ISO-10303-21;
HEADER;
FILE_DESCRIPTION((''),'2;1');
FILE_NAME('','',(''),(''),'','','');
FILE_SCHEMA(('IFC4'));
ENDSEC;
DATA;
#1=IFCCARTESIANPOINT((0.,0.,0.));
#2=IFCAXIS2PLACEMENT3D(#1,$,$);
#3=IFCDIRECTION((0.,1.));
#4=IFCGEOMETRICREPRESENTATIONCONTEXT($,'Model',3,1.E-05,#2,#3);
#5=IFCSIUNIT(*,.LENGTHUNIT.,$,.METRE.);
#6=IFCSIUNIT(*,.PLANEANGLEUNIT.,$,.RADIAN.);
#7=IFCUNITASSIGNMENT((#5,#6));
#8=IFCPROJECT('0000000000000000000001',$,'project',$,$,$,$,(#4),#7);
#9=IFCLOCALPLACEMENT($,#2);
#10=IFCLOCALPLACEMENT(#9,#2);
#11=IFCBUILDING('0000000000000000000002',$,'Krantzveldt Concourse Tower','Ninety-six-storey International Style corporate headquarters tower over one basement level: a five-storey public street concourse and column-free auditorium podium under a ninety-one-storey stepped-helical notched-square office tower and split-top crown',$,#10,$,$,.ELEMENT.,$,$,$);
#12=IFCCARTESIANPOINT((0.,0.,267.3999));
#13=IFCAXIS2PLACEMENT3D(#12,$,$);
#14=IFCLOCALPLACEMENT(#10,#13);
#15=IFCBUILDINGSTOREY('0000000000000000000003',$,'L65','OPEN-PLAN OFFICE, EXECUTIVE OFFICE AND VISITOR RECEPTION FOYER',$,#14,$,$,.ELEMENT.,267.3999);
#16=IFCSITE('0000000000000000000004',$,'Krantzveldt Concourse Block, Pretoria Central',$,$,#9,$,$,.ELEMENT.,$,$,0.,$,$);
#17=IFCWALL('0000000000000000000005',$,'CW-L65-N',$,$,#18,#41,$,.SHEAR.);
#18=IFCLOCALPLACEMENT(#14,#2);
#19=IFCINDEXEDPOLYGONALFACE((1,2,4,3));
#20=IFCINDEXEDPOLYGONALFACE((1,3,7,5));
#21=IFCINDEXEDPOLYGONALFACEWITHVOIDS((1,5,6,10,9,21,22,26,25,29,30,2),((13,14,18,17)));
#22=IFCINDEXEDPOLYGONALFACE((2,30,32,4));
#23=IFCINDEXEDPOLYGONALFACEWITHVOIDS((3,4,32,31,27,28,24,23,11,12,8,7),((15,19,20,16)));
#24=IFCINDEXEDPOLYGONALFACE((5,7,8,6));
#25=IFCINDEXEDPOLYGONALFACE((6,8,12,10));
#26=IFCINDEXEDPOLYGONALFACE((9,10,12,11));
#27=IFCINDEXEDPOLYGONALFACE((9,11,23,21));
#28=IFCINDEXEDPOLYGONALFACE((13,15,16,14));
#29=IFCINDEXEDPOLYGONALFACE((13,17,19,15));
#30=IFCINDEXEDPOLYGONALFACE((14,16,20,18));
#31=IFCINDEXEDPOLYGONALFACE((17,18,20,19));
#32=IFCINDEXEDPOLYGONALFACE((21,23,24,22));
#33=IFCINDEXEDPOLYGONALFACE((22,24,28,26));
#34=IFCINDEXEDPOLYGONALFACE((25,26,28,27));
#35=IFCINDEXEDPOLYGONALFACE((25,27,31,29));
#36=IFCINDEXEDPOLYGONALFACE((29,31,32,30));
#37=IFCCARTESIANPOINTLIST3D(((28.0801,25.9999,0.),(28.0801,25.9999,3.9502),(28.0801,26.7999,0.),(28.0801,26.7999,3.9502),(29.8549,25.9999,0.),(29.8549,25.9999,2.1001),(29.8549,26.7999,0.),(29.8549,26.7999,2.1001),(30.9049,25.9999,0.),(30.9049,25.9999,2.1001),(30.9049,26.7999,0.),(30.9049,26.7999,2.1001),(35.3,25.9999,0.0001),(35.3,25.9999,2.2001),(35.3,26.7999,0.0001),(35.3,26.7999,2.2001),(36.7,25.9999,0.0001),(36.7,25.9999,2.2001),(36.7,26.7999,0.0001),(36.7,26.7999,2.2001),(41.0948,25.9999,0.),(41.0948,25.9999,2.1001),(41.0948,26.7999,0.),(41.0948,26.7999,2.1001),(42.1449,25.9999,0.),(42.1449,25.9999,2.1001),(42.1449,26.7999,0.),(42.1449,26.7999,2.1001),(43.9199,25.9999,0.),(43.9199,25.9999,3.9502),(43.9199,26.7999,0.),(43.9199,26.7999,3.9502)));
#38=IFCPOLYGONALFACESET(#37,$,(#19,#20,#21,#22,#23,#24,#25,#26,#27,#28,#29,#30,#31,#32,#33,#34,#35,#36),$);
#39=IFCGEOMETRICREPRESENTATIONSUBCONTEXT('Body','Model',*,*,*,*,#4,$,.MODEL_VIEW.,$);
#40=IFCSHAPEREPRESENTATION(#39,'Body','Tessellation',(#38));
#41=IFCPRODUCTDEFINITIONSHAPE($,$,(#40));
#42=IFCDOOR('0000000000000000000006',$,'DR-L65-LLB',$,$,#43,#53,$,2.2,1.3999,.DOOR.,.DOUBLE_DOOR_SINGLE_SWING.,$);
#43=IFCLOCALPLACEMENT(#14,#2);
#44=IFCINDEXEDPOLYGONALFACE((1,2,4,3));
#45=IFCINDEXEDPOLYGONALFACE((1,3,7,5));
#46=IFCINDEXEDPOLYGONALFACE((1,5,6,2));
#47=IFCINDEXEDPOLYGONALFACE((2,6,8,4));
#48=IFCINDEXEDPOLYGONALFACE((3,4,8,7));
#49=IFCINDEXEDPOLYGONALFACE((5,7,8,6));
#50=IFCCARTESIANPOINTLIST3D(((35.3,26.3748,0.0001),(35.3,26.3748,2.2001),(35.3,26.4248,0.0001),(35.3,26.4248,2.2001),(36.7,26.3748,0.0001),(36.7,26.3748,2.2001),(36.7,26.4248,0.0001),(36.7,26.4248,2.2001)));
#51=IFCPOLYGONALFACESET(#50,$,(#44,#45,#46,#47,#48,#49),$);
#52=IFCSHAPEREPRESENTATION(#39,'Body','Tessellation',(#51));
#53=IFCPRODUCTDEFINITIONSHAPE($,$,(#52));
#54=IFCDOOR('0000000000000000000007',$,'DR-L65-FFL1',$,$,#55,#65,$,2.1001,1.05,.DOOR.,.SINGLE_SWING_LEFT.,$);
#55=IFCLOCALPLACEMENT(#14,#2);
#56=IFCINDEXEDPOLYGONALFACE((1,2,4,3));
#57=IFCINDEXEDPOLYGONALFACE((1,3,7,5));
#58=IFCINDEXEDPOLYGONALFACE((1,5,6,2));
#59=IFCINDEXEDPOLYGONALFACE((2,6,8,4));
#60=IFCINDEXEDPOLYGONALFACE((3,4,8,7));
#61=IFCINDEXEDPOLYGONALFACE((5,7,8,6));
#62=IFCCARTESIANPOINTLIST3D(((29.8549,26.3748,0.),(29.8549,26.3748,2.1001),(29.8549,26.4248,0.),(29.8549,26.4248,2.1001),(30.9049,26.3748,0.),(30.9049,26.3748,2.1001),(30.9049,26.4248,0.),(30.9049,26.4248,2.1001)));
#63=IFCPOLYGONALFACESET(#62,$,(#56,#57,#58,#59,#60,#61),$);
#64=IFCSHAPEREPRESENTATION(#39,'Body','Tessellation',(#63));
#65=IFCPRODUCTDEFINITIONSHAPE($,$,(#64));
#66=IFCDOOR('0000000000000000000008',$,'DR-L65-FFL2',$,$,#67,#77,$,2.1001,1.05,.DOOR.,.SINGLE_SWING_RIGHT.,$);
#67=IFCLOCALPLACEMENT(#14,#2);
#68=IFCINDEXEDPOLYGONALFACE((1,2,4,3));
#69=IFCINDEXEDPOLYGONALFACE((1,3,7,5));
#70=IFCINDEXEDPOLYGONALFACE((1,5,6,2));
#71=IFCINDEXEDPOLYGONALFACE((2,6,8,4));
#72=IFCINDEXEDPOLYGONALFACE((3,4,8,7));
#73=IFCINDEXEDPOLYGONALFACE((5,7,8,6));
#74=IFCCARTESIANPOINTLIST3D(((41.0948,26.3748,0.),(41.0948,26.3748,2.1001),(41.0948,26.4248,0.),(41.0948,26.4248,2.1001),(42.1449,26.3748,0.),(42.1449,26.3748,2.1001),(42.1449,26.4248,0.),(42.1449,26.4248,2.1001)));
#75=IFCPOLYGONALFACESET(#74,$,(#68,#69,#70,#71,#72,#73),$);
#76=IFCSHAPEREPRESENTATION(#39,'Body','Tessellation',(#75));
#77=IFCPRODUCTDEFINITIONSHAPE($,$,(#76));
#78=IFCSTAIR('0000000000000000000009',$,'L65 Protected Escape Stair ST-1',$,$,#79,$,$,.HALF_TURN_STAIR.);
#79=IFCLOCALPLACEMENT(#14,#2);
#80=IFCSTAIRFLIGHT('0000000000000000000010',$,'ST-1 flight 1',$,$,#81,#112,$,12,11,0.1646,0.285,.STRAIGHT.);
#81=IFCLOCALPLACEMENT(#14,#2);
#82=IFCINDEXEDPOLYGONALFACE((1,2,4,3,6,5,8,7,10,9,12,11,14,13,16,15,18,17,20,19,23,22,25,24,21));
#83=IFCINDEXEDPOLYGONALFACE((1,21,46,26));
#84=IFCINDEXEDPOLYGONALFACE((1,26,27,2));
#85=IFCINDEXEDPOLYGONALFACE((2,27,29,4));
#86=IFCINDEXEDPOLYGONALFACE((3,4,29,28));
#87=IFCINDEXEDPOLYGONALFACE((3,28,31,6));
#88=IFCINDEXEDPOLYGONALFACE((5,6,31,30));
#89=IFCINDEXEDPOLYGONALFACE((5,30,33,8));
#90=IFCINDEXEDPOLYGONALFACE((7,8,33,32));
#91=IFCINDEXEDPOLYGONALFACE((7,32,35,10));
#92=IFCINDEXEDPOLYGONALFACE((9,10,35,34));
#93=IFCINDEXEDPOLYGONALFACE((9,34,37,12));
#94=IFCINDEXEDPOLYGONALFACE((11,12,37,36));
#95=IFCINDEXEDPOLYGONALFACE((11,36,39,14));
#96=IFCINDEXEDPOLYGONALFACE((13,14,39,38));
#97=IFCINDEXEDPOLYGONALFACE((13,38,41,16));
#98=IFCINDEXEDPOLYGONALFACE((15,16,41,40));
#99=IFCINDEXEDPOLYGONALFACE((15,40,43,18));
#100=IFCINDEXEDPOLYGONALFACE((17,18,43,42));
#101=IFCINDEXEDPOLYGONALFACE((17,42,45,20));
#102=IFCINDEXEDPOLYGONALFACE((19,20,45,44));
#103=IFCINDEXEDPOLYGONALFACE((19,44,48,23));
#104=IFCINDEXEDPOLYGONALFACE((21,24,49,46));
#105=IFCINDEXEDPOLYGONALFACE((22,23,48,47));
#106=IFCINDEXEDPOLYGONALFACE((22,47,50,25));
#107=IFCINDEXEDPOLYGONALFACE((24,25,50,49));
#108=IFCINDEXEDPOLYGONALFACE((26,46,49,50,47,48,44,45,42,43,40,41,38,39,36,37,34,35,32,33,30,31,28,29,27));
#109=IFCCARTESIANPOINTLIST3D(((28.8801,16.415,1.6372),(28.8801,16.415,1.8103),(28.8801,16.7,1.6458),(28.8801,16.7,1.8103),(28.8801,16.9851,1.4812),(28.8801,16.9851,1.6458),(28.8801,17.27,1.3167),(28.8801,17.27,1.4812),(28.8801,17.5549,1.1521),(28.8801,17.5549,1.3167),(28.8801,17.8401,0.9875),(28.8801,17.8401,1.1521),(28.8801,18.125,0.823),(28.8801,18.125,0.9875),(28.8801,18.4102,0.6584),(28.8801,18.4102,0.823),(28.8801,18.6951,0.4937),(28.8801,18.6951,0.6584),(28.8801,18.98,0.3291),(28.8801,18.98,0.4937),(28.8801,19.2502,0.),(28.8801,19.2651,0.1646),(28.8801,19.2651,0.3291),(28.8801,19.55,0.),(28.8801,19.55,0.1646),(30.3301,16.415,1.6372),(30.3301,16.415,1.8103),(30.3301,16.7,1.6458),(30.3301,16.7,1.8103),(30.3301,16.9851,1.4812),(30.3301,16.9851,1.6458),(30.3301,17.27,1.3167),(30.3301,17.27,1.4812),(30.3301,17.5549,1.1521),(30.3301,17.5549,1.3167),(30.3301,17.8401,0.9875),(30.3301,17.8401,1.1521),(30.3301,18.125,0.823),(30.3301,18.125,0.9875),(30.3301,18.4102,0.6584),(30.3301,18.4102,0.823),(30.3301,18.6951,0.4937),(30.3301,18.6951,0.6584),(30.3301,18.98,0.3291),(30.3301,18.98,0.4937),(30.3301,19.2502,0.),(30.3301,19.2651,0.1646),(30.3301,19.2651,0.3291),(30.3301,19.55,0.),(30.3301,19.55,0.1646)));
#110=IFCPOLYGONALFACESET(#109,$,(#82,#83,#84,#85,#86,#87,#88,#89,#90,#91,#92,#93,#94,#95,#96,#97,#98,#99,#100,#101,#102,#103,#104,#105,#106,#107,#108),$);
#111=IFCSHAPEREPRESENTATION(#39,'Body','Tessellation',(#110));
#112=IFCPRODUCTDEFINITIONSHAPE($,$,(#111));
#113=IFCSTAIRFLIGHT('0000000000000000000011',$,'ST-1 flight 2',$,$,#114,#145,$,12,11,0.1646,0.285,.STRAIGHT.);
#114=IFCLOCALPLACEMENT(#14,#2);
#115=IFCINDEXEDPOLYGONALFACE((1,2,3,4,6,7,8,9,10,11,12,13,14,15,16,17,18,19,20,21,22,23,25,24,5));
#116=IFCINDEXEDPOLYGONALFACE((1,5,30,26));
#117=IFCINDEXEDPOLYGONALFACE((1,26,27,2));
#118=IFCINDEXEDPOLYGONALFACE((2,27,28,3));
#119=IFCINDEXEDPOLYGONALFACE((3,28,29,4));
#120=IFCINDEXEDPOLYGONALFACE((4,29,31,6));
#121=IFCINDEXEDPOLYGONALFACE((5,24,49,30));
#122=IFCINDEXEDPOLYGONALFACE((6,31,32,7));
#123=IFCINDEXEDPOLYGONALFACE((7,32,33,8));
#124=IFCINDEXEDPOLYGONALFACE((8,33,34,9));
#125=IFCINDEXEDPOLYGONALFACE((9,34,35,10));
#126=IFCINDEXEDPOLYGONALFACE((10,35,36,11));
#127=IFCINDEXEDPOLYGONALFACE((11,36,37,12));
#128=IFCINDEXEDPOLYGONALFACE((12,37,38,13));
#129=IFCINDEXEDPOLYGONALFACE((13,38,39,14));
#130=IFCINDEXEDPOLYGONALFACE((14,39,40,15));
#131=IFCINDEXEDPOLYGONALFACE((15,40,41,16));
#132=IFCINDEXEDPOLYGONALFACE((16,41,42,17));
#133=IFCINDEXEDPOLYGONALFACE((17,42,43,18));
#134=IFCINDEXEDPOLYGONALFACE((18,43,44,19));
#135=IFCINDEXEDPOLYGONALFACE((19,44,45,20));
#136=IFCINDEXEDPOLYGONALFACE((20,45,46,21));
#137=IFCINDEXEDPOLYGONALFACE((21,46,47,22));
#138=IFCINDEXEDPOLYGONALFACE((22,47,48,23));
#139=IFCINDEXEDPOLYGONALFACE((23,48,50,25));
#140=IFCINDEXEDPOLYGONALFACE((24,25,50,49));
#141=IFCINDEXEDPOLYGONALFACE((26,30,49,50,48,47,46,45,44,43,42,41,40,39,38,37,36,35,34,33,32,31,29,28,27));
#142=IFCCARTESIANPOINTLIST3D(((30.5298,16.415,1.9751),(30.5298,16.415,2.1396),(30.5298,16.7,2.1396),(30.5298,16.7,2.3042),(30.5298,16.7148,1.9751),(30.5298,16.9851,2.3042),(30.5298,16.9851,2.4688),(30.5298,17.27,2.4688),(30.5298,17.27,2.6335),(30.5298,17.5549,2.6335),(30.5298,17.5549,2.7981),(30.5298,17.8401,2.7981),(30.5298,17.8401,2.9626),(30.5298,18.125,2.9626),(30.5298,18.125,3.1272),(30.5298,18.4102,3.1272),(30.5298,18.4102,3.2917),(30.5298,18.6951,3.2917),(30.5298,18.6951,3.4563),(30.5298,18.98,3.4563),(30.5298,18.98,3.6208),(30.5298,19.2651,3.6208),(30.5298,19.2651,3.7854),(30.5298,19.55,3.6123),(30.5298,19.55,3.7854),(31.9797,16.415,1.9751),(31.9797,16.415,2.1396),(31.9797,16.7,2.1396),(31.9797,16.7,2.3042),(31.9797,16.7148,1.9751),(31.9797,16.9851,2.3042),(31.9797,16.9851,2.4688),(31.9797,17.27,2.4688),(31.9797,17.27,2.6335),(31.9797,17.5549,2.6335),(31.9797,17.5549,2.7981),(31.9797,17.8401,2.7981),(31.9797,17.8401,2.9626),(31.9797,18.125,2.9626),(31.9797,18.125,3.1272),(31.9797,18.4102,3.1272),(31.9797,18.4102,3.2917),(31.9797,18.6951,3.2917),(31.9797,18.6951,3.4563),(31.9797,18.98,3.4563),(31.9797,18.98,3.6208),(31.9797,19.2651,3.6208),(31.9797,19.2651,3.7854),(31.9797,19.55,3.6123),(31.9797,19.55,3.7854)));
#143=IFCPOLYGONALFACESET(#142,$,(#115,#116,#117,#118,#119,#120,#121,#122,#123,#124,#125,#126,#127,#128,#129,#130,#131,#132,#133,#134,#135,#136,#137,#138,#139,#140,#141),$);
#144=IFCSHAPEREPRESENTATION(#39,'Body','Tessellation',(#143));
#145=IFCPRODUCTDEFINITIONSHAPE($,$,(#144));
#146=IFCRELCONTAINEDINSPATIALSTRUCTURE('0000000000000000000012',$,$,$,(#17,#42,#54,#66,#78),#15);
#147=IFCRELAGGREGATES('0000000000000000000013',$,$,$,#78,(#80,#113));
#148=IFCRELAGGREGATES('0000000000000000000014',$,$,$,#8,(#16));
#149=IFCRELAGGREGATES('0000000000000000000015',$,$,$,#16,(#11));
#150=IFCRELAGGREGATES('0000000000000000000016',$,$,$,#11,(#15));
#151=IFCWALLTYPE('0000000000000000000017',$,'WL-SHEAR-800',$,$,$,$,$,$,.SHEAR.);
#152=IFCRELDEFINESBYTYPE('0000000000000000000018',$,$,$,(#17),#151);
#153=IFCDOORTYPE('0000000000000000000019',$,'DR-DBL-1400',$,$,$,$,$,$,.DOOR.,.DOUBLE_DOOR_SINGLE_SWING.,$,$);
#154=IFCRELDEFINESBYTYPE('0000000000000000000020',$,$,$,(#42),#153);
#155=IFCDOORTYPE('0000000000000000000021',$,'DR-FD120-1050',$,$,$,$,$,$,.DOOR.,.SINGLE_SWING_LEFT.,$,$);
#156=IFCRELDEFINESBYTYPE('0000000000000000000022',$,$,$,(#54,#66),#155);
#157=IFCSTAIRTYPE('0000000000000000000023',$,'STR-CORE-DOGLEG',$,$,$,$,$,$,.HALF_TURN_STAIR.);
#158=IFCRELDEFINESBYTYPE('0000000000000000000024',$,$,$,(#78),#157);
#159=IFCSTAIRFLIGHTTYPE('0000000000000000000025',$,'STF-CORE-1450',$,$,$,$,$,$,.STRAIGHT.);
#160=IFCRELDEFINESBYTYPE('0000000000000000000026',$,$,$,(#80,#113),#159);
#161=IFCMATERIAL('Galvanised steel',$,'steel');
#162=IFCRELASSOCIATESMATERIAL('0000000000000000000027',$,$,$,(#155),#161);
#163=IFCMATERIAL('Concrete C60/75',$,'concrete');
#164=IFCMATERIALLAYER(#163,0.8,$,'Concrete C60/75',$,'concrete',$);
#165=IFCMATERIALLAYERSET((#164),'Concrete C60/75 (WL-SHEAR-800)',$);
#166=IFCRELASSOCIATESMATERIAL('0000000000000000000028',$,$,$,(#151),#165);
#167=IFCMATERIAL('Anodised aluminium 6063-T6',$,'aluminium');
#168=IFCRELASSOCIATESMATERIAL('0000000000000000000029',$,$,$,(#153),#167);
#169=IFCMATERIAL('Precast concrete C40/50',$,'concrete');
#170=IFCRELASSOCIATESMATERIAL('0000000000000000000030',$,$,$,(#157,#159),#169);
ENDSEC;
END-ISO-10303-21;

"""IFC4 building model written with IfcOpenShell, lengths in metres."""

from ifc_helpers import new_model, si_unit, direction, frame, frame_2d, origin, place, context, subcontext, project, spatial, polyline, rectangle, outline, extrude, material, layer, layer_set, type_object, element, fill, aggregate, save


model = new_model("IFC4")

# Units and contexts
model_context = context("Model", 3, precision=1e-05, world=origin(), true_north=direction((0.0, 1.0)))
body_context = subcontext(model_context, "Body", "Model", "MODEL_VIEW")
ifc_project = project(units=[si_unit("LENGTHUNIT", "METRE"), si_unit("PLANEANGLEUNIT", "RADIAN")], contexts=[model_context])

# Site, building, storey
site_placement = place(None, origin())
site = spatial("IfcSite", under=ifc_project, at=site_placement, Name="Krantzveldt Concourse Block, Pretoria Central", CompositionType="ELEMENT", RefElevation=0.0)
building_placement = place(site_placement, origin())
building = spatial("IfcBuilding", under=site, at=building_placement, Name="Krantzveldt Concourse Tower", Description="Ninety-six-storey International Style corporate headquarters tower over one basement level: a five-storey public street concourse and column-free auditorium podium under a ninety-one-storey stepped-helical notched-square office tower and split-top crown", CompositionType="ELEMENT")
storey_placement = place(building_placement, frame((0.0, 0.0, 267.3999)))
storey = spatial("IfcBuildingStorey", under=building, at=storey_placement, Name="L65", Description="OPEN-PLAN OFFICE, EXECUTIVE OFFICE AND VISITOR RECEPTION FOYER", CompositionType="ELEMENT", Elevation=267.3999)

# Shared definitions
ifc_material_1 = material(Name="Galvanised steel", Category="steel")
door_type_1 = type_object("IfcDoorType", Name="DR-FD120-1050", OperationType="SINGLE_SWING_LEFT", PredefinedType="DOOR", material=ifc_material_1)

# Wall, openings, doors
ifc_material_2 = material(Name="Concrete C60/75", Category="concrete")
ifc_layer_1 = layer(ifc_material_2, 0.8, Name="Concrete C60/75", Category="concrete")
ifc_layer_set_1 = layer_set([ifc_layer_1], Name="Concrete C60/75 (WL-SHEAR-800)")
wall_type_1 = type_object("IfcWallType", Name="WL-SHEAR-800", PredefinedType="SHEAR", material=ifc_layer_set_1)
wall_1_placement = place(storey_placement, frame((28.0801, 26.3999, 0.0), z_axis=(0.0, 0.0, 1.0), x_axis=(1.0, 0.0, 0.0)))
wall_1 = element("IfcWall", 1, at=wall_1_placement, inside=storey, type_object=wall_type_1, Name="CW-L65-N", PredefinedType="SHEAR", context=body_context, shape_type="SweptSolid", body=[
    extrude(rectangle(XDim=15.8398, YDim=0.8, at=frame_2d((7.9199, 0.0))), origin(), (0.0, 0.0, 1.0), 3.9502),
])
opening_1_placement = place(wall_1_placement, frame((7.22, 0.0, 0.0)))
opening_1 = element("IfcOpeningElement", 2, at=opening_1_placement, cuts=wall_1, PredefinedType="OPENING", context=body_context, shape_type="SweptSolid", body=[
    extrude(rectangle(XDim=1.3999, YDim=2.2, at=frame_2d((0.7, 1.1001))), frame((0.0, 0.4102, 0.0), z_axis=(0.0, -1.0, 0.0), x_axis=(1.0, 0.0, 0.0)), (0.0, 0.0, 1.0), 0.8201),
])
opening_2_placement = place(wall_1_placement, frame((1.7749, 0.0, 0.0)))
opening_2 = element("IfcOpeningElement", 3, at=opening_2_placement, cuts=wall_1, PredefinedType="OPENING", context=body_context, shape_type="SweptSolid", body=[
    extrude(rectangle(XDim=1.05, YDim=2.1001, at=frame_2d((0.5249, 1.05))), frame((0.0, 0.4102, 0.0), z_axis=(0.0, -1.0, 0.0), x_axis=(1.0, 0.0, 0.0)), (0.0, 0.0, 1.0), 0.8201),
])
opening_3_placement = place(wall_1_placement, frame((13.0149, 0.0, 0.0)))
opening_3 = element("IfcOpeningElement", 4, at=opening_3_placement, cuts=wall_1, PredefinedType="OPENING", context=body_context, shape_type="SweptSolid", body=[
    extrude(rectangle(XDim=1.05, YDim=2.1001, at=frame_2d((0.5249, 1.05))), frame((0.0, 0.4102, 0.0), z_axis=(0.0, -1.0, 0.0), x_axis=(1.0, 0.0, 0.0)), (0.0, 0.0, 1.0), 0.8201),
])
ifc_material_3 = material(Name="Anodised aluminium 6063-T6", Category="aluminium")
door_type_2 = type_object("IfcDoorType", Name="DR-DBL-1400", OperationType="DOUBLE_DOOR_SINGLE_SWING", PredefinedType="DOOR", material=ifc_material_3)
door_1_placement = place(opening_1_placement, origin())
door_1 = element("IfcDoor", 5, at=door_1_placement, inside=storey, type_object=door_type_2, Name="DR-L65-LLB", OperationType="DOUBLE_DOOR_SINGLE_SWING", OverallHeight=2.2, OverallWidth=1.3999, PredefinedType="DOOR", context=body_context, shape_type="SweptSolid", body=[
    extrude(rectangle(XDim=1.3999, YDim=2.2, at=frame_2d((0.7, 1.1001))), frame((0.0, 0.0249, 0.0), z_axis=(0.0, -1.0, 0.0), x_axis=(1.0, 0.0, 0.0)), (0.0, 0.0, 1.0), 0.05),
])
fill(opening_1, door_1)
door_2_placement = place(opening_2_placement, origin())
door_2 = element("IfcDoor", 6, at=door_2_placement, inside=storey, type_object=door_type_1, Name="DR-L65-FFL1", OperationType="SINGLE_SWING_LEFT", OverallHeight=2.1001, OverallWidth=1.05, PredefinedType="DOOR", context=body_context, shape_type="SweptSolid", body=[
    extrude(rectangle(XDim=1.05, YDim=2.1001, at=frame_2d((0.5249, 1.05))), frame((0.0, 0.0249, 0.0), z_axis=(0.0, -1.0, 0.0), x_axis=(1.0, 0.0, 0.0)), (0.0, 0.0, 1.0), 0.05),
])
fill(opening_2, door_2)
door_3_placement = place(opening_3_placement, origin())
door_3 = element("IfcDoor", 7, at=door_3_placement, inside=storey, type_object=door_type_1, Name="DR-L65-FFL2", OperationType="SINGLE_SWING_RIGHT", OverallHeight=2.1001, OverallWidth=1.05, PredefinedType="DOOR", context=body_context, shape_type="SweptSolid", body=[
    extrude(rectangle(XDim=1.05, YDim=2.1001, at=frame_2d((0.5249, 1.05))), frame((0.0, 0.0249, 0.0), z_axis=(0.0, -1.0, 0.0), x_axis=(1.0, 0.0, 0.0)), (0.0, 0.0, 1.0), 0.05),
])
fill(opening_3, door_3)

# Stair, stair flights
ifc_material_4 = material(Name="Precast concrete C40/50", Category="concrete")
stair_type = type_object("IfcStairType", Name="STR-CORE-DOGLEG", PredefinedType="HALF_TURN_STAIR", material=ifc_material_4)
stair_placement = place(storey_placement, origin())
stair = element("IfcStair", 8, at=stair_placement, inside=storey, type_object=stair_type, Name="L65 Protected Escape Stair ST-1", PredefinedType="HALF_TURN_STAIR")
stair_flight_type = type_object("IfcStairFlightType", Name="STF-CORE-1450", PredefinedType="STRAIGHT", material=ifc_material_4)
stair_flight_1_placement = place(storey_placement, frame((29.605, 19.55, 0.0), z_axis=(0.0, 0.0, 1.0), x_axis=(0.0, -1.0, 0.0)))
stair_flight_1 = element("IfcStairFlight", 9, at=stair_flight_1_placement, type_object=stair_flight_type, Name="ST-1 flight 1", NumberOfRisers=12, NumberOfTreads=11, PredefinedType="STRAIGHT", RiserHeight=0.1646, TreadLength=0.285, context=body_context, shape_type="SweptSolid", body=[
    extrude(outline(polyline([(0.0, 0.0), (0.0, 0.1646), (0.2849, 0.1646), (0.2849, 0.3291), (0.5701, 0.3291), (0.5701, 0.4937), (0.855, 0.4937), (0.855, 0.6584), (1.1399, 0.6584), (1.1399, 0.823), (1.425, 0.823), (1.425, 0.9875), (1.71, 0.9875), (1.71, 1.1521), (1.9951, 1.1521), (1.9951, 1.3167), (2.28, 1.3167), (2.28, 1.4812), (2.5649, 1.4812), (2.5649, 1.6458), (2.8501, 1.6458), (2.8501, 1.8103), (3.135, 1.8103), (3.135, 1.9751), (3.135, 1.6372), (0.2998, 0.0), (0.0, 0.0)])), frame((0.0, 0.7251, 0.0), z_axis=(0.0, -1.0, 0.0), x_axis=(1.0, 0.0, 0.0)), (0.0, 0.0, 1.0), 1.45),
])
stair_flight_2_placement = place(storey_placement, frame((31.2549, 16.415, 1.9751), z_axis=(0.0, 0.0, 1.0), x_axis=(0.0, 1.0, 0.0)))
stair_flight_2 = element("IfcStairFlight", 10, at=stair_flight_2_placement, type_object=stair_flight_type, Name="ST-1 flight 2", NumberOfRisers=12, NumberOfTreads=11, PredefinedType="STRAIGHT", RiserHeight=0.1646, TreadLength=0.285, context=body_context, shape_type="SweptSolid", body=[
    extrude(outline(polyline([(0.0, 0.0), (0.0, 0.1646), (0.2849, 0.1646), (0.2849, 0.3291), (0.5701, 0.3291), (0.5701, 0.4937), (0.855, 0.4937), (0.855, 0.6584), (1.1399, 0.6584), (1.1399, 0.823), (1.425, 0.823), (1.425, 0.9875), (1.71, 0.9875), (1.71, 1.1521), (1.9951, 1.1521), (1.9951, 1.3167), (2.28, 1.3167), (2.28, 1.4812), (2.5649, 1.4812), (2.5649, 1.6458), (2.8501, 1.6458), (2.8501, 1.8103), (3.135, 1.8103), (3.135, 1.9751), (3.135, 1.6372), (0.2998, 0.0), (0.0, 0.0)])), frame((0.0, 0.7251, 0.0), z_axis=(0.0, -1.0, 0.0), x_axis=(1.0, 0.0, 0.0)), (0.0, 0.0, 1.0), 1.45),
])
aggregate(stair, [stair_flight_1, stair_flight_2])

save(model, "model.ifc")
